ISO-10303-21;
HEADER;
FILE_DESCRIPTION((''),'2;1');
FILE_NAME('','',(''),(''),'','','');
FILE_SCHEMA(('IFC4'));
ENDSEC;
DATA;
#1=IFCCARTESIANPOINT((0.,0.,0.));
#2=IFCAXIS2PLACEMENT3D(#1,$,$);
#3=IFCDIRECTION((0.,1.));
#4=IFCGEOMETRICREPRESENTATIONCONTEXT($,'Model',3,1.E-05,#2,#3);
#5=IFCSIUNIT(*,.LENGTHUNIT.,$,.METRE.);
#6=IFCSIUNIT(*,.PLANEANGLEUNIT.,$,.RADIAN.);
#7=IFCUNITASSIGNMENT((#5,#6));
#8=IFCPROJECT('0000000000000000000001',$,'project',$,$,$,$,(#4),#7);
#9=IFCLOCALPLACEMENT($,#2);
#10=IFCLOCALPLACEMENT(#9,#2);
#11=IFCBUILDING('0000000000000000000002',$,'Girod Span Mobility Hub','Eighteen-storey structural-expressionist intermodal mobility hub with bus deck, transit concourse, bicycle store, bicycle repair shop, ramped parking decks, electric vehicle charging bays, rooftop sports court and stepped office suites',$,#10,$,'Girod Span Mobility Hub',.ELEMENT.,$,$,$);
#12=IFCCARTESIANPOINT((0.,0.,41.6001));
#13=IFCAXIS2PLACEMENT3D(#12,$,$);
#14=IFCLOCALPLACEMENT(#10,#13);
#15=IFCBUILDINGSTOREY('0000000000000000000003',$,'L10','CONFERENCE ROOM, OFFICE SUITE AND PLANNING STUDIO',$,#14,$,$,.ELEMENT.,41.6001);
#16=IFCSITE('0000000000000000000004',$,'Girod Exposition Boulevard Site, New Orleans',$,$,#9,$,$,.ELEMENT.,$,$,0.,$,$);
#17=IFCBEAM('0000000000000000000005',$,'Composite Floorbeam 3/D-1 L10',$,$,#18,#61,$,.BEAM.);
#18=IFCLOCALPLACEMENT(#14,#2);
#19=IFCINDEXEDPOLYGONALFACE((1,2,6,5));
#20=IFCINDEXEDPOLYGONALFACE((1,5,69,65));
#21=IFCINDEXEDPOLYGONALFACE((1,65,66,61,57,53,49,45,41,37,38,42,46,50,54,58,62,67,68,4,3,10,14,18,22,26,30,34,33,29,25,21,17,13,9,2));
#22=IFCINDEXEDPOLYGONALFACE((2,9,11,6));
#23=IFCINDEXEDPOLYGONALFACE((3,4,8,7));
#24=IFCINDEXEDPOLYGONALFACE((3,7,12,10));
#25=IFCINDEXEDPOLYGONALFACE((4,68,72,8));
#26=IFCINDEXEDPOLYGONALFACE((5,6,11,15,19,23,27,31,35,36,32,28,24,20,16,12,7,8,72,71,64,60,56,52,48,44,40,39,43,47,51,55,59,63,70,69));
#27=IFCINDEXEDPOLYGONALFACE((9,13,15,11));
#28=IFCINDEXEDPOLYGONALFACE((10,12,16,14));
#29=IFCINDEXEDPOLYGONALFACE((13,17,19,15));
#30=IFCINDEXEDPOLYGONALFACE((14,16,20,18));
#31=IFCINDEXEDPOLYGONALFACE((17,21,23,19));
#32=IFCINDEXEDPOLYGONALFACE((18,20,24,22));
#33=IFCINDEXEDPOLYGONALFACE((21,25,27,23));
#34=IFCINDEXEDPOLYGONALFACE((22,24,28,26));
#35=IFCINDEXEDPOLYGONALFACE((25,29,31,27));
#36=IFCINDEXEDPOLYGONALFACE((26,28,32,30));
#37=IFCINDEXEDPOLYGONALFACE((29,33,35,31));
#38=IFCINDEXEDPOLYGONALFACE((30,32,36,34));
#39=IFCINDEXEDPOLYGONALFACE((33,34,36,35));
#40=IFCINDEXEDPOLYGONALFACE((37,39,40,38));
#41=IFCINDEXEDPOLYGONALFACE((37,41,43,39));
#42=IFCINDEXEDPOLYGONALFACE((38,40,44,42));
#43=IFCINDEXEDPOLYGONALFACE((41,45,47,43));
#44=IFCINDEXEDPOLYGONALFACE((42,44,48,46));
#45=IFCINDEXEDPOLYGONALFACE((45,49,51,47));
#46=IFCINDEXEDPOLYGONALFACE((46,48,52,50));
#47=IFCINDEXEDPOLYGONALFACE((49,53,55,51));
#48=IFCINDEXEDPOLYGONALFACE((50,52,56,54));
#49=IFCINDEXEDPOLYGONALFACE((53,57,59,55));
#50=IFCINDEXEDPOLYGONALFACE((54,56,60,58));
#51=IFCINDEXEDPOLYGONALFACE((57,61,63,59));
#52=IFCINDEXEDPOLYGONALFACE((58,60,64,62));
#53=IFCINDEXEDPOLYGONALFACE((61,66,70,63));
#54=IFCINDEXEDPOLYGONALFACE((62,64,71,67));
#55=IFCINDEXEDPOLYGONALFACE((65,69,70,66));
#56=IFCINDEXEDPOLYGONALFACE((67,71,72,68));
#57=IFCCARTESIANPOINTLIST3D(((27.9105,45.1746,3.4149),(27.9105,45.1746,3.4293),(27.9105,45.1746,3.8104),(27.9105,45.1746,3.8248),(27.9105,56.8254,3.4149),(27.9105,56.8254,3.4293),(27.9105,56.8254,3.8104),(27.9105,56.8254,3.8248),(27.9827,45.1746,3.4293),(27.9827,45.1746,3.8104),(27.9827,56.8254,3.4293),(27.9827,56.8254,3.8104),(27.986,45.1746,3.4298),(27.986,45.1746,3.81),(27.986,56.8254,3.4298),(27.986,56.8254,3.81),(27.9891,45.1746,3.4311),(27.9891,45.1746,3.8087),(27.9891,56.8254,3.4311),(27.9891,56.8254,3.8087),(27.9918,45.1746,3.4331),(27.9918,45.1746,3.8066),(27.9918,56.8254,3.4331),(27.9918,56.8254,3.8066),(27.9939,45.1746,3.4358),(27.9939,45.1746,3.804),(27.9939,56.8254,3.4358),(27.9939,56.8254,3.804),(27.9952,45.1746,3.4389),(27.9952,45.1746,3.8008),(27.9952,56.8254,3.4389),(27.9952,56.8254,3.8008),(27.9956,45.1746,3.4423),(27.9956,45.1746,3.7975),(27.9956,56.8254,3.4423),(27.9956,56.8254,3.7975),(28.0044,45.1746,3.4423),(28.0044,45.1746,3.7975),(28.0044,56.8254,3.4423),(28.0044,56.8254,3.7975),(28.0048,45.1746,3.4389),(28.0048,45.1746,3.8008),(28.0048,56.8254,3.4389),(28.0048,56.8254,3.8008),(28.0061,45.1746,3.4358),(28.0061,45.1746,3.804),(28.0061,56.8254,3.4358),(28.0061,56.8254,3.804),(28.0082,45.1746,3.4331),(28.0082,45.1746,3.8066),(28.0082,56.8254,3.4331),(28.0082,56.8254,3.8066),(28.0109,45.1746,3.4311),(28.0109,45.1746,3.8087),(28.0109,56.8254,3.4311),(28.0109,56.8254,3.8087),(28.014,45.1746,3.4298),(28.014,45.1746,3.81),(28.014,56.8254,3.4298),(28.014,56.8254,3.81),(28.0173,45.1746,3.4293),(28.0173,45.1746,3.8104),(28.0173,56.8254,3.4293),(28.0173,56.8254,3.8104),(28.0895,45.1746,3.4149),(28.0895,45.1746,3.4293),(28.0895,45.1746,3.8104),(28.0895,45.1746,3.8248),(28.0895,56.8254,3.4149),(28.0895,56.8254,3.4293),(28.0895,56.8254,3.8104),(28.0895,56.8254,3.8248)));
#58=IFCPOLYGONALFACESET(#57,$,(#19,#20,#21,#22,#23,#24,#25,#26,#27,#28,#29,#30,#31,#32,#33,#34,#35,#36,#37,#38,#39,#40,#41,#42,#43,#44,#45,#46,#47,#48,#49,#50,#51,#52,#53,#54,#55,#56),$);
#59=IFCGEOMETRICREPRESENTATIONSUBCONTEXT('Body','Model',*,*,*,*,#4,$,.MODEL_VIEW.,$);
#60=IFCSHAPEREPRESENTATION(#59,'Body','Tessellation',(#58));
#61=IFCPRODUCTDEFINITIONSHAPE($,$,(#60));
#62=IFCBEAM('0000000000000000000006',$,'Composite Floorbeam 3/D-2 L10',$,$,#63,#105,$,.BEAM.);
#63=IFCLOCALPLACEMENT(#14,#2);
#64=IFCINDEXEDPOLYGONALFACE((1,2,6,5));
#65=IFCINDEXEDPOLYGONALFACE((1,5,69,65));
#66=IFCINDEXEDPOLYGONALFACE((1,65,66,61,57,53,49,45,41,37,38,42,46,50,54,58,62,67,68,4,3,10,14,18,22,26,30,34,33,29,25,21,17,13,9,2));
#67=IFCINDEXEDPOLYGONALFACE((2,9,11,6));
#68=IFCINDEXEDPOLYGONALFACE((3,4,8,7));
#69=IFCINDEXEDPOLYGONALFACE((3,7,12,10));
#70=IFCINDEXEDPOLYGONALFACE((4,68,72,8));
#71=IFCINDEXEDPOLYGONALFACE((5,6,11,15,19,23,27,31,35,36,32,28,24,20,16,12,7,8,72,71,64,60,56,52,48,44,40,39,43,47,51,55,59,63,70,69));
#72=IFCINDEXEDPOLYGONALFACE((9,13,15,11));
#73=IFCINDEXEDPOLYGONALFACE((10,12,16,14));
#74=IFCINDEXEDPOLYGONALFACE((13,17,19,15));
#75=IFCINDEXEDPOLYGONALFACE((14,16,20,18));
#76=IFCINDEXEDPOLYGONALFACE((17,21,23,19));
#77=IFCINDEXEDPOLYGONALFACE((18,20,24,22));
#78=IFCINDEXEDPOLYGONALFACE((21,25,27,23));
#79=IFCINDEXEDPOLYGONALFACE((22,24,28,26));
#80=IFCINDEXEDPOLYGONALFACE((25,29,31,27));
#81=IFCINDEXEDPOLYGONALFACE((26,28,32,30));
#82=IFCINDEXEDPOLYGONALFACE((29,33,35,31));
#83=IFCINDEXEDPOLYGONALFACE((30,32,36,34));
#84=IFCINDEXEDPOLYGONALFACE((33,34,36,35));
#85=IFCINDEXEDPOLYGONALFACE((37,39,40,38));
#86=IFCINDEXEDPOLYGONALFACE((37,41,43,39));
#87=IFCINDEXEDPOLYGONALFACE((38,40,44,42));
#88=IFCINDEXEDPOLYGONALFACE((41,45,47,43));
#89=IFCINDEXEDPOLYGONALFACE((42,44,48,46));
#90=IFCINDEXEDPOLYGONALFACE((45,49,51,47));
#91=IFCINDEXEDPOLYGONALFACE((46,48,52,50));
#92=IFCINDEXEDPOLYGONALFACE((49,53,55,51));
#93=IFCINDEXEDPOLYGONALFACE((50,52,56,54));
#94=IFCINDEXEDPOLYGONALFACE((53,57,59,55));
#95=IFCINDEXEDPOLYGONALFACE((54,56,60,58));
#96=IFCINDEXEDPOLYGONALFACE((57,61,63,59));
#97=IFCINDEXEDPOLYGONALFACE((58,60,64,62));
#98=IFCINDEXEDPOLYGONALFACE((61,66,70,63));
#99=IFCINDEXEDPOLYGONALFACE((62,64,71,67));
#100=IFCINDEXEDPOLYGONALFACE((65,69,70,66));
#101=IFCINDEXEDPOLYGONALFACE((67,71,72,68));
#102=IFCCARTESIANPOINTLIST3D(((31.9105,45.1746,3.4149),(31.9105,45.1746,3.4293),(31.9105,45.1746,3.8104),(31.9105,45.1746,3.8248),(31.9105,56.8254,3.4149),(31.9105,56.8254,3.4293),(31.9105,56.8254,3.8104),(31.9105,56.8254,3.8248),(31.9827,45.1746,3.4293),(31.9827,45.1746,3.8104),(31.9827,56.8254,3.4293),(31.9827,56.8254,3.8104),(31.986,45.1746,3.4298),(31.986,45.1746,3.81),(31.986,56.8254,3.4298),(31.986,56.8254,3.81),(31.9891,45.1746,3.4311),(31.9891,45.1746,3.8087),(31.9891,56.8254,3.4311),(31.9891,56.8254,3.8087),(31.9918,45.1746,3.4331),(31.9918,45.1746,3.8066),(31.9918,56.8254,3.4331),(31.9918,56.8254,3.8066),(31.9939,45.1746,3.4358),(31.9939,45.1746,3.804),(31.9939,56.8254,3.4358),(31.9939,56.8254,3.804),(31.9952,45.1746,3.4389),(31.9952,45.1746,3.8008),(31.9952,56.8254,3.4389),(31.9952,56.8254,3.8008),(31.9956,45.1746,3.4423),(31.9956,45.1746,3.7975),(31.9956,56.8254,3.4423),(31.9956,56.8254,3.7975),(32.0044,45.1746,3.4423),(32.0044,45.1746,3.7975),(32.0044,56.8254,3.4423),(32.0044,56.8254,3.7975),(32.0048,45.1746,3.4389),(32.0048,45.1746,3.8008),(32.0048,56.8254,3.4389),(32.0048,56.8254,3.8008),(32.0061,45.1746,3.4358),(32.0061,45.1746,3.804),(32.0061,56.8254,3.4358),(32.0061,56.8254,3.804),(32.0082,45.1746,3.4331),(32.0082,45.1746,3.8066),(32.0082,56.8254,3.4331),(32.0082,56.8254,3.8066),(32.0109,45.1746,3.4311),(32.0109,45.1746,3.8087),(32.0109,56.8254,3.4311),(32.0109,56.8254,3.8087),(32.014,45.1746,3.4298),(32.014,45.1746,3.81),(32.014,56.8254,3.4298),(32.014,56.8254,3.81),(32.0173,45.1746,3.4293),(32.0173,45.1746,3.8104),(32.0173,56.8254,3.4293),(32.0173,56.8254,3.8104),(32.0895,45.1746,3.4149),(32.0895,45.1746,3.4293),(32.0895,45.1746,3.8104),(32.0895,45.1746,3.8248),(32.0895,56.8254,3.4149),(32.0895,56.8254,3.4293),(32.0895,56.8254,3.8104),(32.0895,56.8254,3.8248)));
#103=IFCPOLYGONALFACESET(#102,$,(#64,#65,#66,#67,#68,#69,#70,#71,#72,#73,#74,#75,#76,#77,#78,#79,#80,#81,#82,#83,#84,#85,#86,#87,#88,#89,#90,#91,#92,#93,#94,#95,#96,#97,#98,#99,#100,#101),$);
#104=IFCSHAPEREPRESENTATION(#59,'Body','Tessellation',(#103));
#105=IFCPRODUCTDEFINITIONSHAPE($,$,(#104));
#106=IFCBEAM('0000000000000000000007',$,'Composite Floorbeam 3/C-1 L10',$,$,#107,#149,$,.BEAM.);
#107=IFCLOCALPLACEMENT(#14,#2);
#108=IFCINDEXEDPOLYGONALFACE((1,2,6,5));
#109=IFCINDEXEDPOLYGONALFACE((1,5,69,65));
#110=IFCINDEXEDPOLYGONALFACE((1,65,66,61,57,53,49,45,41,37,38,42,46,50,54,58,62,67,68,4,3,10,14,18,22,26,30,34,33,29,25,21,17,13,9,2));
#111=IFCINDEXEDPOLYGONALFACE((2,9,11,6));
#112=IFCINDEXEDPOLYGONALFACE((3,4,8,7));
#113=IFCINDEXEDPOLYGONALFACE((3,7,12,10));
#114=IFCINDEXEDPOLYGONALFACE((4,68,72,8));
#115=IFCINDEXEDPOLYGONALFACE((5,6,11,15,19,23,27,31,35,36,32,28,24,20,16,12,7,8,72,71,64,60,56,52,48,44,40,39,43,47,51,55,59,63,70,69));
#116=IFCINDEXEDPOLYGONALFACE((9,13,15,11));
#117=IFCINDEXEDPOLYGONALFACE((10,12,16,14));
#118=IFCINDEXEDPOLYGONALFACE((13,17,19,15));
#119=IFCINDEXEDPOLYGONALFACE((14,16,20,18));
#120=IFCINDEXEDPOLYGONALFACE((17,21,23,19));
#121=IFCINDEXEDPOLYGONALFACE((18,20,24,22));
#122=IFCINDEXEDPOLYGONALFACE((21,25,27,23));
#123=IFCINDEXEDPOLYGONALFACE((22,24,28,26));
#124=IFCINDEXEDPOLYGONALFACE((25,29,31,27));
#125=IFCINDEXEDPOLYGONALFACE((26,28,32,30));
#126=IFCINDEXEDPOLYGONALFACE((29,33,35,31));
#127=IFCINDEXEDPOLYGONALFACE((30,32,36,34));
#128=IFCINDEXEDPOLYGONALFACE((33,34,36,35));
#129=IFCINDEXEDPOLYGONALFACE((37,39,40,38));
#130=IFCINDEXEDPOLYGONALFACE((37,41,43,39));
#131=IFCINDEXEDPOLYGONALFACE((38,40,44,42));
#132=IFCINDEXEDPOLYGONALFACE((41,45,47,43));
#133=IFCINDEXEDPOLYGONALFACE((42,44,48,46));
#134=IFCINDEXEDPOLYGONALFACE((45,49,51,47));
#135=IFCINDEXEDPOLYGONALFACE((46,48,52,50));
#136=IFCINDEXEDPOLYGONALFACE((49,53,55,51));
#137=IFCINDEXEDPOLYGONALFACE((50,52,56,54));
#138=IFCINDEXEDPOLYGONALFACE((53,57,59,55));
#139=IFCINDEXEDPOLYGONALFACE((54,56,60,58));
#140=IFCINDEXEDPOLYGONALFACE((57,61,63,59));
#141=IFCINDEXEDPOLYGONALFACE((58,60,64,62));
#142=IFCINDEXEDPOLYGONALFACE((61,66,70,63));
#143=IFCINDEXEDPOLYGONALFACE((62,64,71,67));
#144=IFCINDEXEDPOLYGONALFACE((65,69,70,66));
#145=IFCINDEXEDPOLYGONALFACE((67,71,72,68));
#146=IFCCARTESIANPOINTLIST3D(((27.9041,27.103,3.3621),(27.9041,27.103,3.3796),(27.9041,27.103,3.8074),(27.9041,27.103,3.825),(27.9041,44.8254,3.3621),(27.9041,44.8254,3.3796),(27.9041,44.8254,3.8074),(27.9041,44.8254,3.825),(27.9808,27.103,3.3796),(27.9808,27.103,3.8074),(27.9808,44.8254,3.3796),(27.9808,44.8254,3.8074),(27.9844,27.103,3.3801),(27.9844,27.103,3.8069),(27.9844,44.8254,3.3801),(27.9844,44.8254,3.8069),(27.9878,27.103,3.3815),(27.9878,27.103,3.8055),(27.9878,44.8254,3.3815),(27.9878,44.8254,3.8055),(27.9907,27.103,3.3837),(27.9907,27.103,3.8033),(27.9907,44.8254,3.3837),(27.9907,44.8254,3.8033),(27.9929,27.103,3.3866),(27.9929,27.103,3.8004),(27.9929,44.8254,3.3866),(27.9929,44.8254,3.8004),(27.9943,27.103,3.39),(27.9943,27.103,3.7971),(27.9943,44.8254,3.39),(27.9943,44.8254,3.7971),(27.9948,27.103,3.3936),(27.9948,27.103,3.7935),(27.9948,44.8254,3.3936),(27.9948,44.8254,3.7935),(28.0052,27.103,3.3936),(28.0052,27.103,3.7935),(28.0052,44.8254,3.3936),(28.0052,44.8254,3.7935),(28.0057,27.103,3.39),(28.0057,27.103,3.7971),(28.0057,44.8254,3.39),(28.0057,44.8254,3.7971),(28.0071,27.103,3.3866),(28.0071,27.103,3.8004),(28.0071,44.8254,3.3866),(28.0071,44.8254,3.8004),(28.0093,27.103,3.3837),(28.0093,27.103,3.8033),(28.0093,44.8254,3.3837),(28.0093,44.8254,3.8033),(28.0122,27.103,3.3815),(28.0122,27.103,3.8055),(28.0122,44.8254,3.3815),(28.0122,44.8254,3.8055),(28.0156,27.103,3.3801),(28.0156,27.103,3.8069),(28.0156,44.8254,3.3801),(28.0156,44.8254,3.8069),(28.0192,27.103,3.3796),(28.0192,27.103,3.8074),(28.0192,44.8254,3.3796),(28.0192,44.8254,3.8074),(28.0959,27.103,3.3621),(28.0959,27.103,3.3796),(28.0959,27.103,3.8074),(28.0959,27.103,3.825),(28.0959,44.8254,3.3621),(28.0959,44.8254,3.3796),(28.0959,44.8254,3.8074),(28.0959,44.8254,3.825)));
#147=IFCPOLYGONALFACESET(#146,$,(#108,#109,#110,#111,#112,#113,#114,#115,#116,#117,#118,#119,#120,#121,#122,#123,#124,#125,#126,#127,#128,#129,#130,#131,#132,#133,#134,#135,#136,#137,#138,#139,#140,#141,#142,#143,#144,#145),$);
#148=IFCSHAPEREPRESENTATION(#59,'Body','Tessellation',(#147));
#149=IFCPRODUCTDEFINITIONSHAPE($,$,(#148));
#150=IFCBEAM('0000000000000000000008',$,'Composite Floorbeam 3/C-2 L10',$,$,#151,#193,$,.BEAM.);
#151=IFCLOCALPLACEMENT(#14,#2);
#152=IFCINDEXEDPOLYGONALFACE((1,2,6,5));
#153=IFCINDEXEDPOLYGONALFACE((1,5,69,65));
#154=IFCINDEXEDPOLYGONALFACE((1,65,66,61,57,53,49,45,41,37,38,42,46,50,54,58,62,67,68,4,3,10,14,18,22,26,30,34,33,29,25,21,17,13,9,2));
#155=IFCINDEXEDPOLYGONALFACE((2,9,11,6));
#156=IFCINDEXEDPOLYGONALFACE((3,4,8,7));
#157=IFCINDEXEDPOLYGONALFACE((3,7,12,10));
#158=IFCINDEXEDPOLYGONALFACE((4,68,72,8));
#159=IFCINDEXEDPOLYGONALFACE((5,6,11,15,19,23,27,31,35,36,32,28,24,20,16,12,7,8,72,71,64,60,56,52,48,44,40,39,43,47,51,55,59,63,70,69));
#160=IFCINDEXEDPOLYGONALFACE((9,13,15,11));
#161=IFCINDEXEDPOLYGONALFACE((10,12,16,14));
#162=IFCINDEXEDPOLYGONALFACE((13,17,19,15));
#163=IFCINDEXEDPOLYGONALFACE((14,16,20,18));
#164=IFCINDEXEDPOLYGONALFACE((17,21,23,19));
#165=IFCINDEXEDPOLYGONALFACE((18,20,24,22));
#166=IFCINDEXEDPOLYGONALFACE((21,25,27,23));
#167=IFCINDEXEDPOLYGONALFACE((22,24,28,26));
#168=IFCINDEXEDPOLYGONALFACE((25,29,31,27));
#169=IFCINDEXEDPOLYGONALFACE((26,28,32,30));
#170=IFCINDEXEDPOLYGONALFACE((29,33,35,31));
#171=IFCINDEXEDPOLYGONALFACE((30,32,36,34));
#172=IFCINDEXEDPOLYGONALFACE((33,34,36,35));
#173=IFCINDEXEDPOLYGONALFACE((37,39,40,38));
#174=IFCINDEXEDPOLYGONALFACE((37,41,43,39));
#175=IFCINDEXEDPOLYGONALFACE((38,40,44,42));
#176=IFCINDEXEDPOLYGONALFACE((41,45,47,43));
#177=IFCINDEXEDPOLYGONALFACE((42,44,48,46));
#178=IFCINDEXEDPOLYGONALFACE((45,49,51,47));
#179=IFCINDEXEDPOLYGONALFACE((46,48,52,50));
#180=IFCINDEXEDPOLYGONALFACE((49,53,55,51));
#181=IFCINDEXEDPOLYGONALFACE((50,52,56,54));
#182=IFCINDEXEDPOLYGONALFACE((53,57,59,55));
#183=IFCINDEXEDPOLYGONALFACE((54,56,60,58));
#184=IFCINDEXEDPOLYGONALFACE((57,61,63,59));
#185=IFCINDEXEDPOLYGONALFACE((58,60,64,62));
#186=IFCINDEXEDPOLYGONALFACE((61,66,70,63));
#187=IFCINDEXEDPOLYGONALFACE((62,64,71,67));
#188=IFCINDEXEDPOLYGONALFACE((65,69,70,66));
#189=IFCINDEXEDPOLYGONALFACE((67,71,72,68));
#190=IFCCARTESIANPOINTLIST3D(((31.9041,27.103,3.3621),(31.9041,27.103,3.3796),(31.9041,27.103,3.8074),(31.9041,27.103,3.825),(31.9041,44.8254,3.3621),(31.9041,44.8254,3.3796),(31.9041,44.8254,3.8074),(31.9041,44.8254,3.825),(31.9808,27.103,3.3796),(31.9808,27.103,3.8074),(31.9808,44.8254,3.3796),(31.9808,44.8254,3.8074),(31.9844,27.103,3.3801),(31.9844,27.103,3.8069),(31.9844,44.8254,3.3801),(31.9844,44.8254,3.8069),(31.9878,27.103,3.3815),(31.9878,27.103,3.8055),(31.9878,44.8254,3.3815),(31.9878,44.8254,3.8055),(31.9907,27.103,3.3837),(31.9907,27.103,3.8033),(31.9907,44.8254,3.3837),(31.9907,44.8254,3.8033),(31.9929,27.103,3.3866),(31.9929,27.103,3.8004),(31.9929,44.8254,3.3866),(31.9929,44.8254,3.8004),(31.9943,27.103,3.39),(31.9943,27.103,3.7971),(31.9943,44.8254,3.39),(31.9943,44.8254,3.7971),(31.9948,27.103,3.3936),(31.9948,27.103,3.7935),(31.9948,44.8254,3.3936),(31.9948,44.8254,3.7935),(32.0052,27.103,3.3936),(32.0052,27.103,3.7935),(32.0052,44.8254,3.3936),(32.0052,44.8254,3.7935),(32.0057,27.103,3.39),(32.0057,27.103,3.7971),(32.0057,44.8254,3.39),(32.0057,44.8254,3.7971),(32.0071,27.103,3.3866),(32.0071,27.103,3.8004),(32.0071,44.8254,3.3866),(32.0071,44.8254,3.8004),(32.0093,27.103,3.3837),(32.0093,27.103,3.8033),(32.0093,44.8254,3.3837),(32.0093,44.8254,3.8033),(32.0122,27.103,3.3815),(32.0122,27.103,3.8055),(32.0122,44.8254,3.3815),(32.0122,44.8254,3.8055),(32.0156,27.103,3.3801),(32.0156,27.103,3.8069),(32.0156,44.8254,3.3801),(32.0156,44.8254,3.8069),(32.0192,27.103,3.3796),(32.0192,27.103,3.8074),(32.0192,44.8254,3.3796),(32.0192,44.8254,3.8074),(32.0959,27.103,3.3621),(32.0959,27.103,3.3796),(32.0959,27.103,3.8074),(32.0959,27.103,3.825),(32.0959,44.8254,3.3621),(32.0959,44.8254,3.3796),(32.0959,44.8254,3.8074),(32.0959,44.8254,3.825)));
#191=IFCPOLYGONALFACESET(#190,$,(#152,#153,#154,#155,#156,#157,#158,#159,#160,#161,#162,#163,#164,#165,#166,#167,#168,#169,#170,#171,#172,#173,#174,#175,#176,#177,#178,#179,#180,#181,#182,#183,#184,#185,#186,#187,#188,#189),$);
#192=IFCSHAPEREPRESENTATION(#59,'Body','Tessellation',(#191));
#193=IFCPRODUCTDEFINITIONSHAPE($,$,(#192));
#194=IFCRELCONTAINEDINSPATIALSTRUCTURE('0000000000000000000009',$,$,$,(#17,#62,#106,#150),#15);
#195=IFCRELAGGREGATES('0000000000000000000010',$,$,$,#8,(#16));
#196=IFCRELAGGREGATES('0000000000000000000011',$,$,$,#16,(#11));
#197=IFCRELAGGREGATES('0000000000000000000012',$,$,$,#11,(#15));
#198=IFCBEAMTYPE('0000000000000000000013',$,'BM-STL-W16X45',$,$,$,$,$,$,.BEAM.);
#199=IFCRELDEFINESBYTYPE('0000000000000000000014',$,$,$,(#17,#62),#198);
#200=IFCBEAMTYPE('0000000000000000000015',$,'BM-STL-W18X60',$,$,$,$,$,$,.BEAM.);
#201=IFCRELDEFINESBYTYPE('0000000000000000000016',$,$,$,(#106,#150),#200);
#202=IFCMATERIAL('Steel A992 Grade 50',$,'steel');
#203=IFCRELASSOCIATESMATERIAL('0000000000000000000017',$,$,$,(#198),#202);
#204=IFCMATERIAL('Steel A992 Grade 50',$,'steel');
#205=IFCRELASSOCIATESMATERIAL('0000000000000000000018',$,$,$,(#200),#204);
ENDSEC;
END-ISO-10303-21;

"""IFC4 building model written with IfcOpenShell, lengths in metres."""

from ifc_helpers import new_model, si_unit, direction, frame, origin, origin_2d, place, context, subcontext, project, spatial, i_section, extrude, material, material_profile, profile_set, type_object, element, save


model = new_model("IFC4")

# Units and contexts
model_context = context("Model", 3, precision=1e-05, world=origin(), true_north=direction((0.0, 1.0)))
body_context = subcontext(model_context, "Body", "Model", "MODEL_VIEW")
ifc_project = project(units=[si_unit("LENGTHUNIT", "METRE"), si_unit("PLANEANGLEUNIT", "RADIAN")], contexts=[model_context])

# Site, building, storey
site_placement = place(None, origin())
site = spatial("IfcSite", under=ifc_project, at=site_placement, Name="Girod Exposition Boulevard Site, New Orleans", CompositionType="ELEMENT", RefElevation=0.0)
building_placement = place(site_placement, origin())
building = spatial("IfcBuilding", under=site, at=building_placement, Name="Girod Span Mobility Hub", Description="Eighteen-storey structural-expressionist intermodal mobility hub with bus deck, transit concourse, bicycle store, bicycle repair shop, ramped parking decks, electric vehicle charging bays, rooftop sports court and stepped office suites", LongName="Girod Span Mobility Hub", CompositionType="ELEMENT")
storey_placement = place(building_placement, frame((0.0, 0.0, 41.6001)))
storey = spatial("IfcBuildingStorey", under=building, at=storey_placement, Name="L10", Description="CONFERENCE ROOM, OFFICE SUITE AND PLANNING STUDIO", CompositionType="ELEMENT", Elevation=41.6001)

# Beams
ifc_material_1 = material(Name="Steel A992 Grade 50", Category="steel")
ifc_material_profile_1 = material_profile(ifc_material_1, i_section(OverallWidth=0.179, OverallDepth=0.4099, WebThickness=0.0088, FlangeThickness=0.0144, FilletRadius=0.0129, at=origin_2d()), Name="W16X45")
ifc_profile_set_1 = profile_set([ifc_material_profile_1], Name="Steel A992 Grade 50")
beam_type_1 = type_object("IfcBeamType", Name="BM-STL-W16X45", PredefinedType="BEAM", material=ifc_profile_set_1)
for number, where, z_axis, x_axis, name in (
    (1, (28.0, 45.1746, 3.6199), (0.0, 1.0, 0.0), (-1.0, 0.0, 0.0), "Composite Floorbeam 3/D-1 L10"),
    (2, (32.0, 45.1746, 3.6199), (0.0, 1.0, 0.0), (-1.0, 0.0, 0.0), "Composite Floorbeam 3/D-2 L10"),
):
    element("IfcBeam", number, at=place(storey_placement, frame(where, z_axis=z_axis, x_axis=x_axis)), inside=storey, type_object=beam_type_1, Name=name, PredefinedType="BEAM", context=body_context, shape_type="SweptSolid", body=[
        extrude(i_section(OverallWidth=0.179, OverallDepth=0.4099, WebThickness=0.0088, FlangeThickness=0.0144, FilletRadius=0.0129, at=origin_2d()), origin(), (0.0, 0.0, 1.0), 11.6509),
    ])
ifc_material_2 = material(Name="Steel A992 Grade 50", Category="steel")
ifc_material_profile_2 = material_profile(ifc_material_2, i_section(OverallWidth=0.1919, OverallDepth=0.4629, WebThickness=0.0105, FlangeThickness=0.0176, FilletRadius=0.0139, at=origin_2d()), Name="W18X60")
ifc_profile_set_2 = profile_set([ifc_material_profile_2], Name="Steel A992 Grade 50")
beam_type_2 = type_object("IfcBeamType", Name="BM-STL-W18X60", PredefinedType="BEAM", material=ifc_profile_set_2)
for number, where, z_axis, x_axis, name in (
    (3, (28.0, 27.103, 3.5935), (0.0, 1.0, 0.0), (-1.0, 0.0, 0.0), "Composite Floorbeam 3/C-1 L10"),
    (4, (32.0, 27.103, 3.5935), (0.0, 1.0, 0.0), (-1.0, 0.0, 0.0), "Composite Floorbeam 3/C-2 L10"),
):
    element("IfcBeam", number, at=place(storey_placement, frame(where, z_axis=z_axis, x_axis=x_axis)), inside=storey, type_object=beam_type_2, Name=name, PredefinedType="BEAM", context=body_context, shape_type="SweptSolid", body=[
        extrude(i_section(OverallWidth=0.1919, OverallDepth=0.4629, WebThickness=0.0105, FlangeThickness=0.0176, FilletRadius=0.0139, at=origin_2d()), origin(), (0.0, 0.0, 1.0), 17.7224),
    ])

save(model, "model.ifc")
